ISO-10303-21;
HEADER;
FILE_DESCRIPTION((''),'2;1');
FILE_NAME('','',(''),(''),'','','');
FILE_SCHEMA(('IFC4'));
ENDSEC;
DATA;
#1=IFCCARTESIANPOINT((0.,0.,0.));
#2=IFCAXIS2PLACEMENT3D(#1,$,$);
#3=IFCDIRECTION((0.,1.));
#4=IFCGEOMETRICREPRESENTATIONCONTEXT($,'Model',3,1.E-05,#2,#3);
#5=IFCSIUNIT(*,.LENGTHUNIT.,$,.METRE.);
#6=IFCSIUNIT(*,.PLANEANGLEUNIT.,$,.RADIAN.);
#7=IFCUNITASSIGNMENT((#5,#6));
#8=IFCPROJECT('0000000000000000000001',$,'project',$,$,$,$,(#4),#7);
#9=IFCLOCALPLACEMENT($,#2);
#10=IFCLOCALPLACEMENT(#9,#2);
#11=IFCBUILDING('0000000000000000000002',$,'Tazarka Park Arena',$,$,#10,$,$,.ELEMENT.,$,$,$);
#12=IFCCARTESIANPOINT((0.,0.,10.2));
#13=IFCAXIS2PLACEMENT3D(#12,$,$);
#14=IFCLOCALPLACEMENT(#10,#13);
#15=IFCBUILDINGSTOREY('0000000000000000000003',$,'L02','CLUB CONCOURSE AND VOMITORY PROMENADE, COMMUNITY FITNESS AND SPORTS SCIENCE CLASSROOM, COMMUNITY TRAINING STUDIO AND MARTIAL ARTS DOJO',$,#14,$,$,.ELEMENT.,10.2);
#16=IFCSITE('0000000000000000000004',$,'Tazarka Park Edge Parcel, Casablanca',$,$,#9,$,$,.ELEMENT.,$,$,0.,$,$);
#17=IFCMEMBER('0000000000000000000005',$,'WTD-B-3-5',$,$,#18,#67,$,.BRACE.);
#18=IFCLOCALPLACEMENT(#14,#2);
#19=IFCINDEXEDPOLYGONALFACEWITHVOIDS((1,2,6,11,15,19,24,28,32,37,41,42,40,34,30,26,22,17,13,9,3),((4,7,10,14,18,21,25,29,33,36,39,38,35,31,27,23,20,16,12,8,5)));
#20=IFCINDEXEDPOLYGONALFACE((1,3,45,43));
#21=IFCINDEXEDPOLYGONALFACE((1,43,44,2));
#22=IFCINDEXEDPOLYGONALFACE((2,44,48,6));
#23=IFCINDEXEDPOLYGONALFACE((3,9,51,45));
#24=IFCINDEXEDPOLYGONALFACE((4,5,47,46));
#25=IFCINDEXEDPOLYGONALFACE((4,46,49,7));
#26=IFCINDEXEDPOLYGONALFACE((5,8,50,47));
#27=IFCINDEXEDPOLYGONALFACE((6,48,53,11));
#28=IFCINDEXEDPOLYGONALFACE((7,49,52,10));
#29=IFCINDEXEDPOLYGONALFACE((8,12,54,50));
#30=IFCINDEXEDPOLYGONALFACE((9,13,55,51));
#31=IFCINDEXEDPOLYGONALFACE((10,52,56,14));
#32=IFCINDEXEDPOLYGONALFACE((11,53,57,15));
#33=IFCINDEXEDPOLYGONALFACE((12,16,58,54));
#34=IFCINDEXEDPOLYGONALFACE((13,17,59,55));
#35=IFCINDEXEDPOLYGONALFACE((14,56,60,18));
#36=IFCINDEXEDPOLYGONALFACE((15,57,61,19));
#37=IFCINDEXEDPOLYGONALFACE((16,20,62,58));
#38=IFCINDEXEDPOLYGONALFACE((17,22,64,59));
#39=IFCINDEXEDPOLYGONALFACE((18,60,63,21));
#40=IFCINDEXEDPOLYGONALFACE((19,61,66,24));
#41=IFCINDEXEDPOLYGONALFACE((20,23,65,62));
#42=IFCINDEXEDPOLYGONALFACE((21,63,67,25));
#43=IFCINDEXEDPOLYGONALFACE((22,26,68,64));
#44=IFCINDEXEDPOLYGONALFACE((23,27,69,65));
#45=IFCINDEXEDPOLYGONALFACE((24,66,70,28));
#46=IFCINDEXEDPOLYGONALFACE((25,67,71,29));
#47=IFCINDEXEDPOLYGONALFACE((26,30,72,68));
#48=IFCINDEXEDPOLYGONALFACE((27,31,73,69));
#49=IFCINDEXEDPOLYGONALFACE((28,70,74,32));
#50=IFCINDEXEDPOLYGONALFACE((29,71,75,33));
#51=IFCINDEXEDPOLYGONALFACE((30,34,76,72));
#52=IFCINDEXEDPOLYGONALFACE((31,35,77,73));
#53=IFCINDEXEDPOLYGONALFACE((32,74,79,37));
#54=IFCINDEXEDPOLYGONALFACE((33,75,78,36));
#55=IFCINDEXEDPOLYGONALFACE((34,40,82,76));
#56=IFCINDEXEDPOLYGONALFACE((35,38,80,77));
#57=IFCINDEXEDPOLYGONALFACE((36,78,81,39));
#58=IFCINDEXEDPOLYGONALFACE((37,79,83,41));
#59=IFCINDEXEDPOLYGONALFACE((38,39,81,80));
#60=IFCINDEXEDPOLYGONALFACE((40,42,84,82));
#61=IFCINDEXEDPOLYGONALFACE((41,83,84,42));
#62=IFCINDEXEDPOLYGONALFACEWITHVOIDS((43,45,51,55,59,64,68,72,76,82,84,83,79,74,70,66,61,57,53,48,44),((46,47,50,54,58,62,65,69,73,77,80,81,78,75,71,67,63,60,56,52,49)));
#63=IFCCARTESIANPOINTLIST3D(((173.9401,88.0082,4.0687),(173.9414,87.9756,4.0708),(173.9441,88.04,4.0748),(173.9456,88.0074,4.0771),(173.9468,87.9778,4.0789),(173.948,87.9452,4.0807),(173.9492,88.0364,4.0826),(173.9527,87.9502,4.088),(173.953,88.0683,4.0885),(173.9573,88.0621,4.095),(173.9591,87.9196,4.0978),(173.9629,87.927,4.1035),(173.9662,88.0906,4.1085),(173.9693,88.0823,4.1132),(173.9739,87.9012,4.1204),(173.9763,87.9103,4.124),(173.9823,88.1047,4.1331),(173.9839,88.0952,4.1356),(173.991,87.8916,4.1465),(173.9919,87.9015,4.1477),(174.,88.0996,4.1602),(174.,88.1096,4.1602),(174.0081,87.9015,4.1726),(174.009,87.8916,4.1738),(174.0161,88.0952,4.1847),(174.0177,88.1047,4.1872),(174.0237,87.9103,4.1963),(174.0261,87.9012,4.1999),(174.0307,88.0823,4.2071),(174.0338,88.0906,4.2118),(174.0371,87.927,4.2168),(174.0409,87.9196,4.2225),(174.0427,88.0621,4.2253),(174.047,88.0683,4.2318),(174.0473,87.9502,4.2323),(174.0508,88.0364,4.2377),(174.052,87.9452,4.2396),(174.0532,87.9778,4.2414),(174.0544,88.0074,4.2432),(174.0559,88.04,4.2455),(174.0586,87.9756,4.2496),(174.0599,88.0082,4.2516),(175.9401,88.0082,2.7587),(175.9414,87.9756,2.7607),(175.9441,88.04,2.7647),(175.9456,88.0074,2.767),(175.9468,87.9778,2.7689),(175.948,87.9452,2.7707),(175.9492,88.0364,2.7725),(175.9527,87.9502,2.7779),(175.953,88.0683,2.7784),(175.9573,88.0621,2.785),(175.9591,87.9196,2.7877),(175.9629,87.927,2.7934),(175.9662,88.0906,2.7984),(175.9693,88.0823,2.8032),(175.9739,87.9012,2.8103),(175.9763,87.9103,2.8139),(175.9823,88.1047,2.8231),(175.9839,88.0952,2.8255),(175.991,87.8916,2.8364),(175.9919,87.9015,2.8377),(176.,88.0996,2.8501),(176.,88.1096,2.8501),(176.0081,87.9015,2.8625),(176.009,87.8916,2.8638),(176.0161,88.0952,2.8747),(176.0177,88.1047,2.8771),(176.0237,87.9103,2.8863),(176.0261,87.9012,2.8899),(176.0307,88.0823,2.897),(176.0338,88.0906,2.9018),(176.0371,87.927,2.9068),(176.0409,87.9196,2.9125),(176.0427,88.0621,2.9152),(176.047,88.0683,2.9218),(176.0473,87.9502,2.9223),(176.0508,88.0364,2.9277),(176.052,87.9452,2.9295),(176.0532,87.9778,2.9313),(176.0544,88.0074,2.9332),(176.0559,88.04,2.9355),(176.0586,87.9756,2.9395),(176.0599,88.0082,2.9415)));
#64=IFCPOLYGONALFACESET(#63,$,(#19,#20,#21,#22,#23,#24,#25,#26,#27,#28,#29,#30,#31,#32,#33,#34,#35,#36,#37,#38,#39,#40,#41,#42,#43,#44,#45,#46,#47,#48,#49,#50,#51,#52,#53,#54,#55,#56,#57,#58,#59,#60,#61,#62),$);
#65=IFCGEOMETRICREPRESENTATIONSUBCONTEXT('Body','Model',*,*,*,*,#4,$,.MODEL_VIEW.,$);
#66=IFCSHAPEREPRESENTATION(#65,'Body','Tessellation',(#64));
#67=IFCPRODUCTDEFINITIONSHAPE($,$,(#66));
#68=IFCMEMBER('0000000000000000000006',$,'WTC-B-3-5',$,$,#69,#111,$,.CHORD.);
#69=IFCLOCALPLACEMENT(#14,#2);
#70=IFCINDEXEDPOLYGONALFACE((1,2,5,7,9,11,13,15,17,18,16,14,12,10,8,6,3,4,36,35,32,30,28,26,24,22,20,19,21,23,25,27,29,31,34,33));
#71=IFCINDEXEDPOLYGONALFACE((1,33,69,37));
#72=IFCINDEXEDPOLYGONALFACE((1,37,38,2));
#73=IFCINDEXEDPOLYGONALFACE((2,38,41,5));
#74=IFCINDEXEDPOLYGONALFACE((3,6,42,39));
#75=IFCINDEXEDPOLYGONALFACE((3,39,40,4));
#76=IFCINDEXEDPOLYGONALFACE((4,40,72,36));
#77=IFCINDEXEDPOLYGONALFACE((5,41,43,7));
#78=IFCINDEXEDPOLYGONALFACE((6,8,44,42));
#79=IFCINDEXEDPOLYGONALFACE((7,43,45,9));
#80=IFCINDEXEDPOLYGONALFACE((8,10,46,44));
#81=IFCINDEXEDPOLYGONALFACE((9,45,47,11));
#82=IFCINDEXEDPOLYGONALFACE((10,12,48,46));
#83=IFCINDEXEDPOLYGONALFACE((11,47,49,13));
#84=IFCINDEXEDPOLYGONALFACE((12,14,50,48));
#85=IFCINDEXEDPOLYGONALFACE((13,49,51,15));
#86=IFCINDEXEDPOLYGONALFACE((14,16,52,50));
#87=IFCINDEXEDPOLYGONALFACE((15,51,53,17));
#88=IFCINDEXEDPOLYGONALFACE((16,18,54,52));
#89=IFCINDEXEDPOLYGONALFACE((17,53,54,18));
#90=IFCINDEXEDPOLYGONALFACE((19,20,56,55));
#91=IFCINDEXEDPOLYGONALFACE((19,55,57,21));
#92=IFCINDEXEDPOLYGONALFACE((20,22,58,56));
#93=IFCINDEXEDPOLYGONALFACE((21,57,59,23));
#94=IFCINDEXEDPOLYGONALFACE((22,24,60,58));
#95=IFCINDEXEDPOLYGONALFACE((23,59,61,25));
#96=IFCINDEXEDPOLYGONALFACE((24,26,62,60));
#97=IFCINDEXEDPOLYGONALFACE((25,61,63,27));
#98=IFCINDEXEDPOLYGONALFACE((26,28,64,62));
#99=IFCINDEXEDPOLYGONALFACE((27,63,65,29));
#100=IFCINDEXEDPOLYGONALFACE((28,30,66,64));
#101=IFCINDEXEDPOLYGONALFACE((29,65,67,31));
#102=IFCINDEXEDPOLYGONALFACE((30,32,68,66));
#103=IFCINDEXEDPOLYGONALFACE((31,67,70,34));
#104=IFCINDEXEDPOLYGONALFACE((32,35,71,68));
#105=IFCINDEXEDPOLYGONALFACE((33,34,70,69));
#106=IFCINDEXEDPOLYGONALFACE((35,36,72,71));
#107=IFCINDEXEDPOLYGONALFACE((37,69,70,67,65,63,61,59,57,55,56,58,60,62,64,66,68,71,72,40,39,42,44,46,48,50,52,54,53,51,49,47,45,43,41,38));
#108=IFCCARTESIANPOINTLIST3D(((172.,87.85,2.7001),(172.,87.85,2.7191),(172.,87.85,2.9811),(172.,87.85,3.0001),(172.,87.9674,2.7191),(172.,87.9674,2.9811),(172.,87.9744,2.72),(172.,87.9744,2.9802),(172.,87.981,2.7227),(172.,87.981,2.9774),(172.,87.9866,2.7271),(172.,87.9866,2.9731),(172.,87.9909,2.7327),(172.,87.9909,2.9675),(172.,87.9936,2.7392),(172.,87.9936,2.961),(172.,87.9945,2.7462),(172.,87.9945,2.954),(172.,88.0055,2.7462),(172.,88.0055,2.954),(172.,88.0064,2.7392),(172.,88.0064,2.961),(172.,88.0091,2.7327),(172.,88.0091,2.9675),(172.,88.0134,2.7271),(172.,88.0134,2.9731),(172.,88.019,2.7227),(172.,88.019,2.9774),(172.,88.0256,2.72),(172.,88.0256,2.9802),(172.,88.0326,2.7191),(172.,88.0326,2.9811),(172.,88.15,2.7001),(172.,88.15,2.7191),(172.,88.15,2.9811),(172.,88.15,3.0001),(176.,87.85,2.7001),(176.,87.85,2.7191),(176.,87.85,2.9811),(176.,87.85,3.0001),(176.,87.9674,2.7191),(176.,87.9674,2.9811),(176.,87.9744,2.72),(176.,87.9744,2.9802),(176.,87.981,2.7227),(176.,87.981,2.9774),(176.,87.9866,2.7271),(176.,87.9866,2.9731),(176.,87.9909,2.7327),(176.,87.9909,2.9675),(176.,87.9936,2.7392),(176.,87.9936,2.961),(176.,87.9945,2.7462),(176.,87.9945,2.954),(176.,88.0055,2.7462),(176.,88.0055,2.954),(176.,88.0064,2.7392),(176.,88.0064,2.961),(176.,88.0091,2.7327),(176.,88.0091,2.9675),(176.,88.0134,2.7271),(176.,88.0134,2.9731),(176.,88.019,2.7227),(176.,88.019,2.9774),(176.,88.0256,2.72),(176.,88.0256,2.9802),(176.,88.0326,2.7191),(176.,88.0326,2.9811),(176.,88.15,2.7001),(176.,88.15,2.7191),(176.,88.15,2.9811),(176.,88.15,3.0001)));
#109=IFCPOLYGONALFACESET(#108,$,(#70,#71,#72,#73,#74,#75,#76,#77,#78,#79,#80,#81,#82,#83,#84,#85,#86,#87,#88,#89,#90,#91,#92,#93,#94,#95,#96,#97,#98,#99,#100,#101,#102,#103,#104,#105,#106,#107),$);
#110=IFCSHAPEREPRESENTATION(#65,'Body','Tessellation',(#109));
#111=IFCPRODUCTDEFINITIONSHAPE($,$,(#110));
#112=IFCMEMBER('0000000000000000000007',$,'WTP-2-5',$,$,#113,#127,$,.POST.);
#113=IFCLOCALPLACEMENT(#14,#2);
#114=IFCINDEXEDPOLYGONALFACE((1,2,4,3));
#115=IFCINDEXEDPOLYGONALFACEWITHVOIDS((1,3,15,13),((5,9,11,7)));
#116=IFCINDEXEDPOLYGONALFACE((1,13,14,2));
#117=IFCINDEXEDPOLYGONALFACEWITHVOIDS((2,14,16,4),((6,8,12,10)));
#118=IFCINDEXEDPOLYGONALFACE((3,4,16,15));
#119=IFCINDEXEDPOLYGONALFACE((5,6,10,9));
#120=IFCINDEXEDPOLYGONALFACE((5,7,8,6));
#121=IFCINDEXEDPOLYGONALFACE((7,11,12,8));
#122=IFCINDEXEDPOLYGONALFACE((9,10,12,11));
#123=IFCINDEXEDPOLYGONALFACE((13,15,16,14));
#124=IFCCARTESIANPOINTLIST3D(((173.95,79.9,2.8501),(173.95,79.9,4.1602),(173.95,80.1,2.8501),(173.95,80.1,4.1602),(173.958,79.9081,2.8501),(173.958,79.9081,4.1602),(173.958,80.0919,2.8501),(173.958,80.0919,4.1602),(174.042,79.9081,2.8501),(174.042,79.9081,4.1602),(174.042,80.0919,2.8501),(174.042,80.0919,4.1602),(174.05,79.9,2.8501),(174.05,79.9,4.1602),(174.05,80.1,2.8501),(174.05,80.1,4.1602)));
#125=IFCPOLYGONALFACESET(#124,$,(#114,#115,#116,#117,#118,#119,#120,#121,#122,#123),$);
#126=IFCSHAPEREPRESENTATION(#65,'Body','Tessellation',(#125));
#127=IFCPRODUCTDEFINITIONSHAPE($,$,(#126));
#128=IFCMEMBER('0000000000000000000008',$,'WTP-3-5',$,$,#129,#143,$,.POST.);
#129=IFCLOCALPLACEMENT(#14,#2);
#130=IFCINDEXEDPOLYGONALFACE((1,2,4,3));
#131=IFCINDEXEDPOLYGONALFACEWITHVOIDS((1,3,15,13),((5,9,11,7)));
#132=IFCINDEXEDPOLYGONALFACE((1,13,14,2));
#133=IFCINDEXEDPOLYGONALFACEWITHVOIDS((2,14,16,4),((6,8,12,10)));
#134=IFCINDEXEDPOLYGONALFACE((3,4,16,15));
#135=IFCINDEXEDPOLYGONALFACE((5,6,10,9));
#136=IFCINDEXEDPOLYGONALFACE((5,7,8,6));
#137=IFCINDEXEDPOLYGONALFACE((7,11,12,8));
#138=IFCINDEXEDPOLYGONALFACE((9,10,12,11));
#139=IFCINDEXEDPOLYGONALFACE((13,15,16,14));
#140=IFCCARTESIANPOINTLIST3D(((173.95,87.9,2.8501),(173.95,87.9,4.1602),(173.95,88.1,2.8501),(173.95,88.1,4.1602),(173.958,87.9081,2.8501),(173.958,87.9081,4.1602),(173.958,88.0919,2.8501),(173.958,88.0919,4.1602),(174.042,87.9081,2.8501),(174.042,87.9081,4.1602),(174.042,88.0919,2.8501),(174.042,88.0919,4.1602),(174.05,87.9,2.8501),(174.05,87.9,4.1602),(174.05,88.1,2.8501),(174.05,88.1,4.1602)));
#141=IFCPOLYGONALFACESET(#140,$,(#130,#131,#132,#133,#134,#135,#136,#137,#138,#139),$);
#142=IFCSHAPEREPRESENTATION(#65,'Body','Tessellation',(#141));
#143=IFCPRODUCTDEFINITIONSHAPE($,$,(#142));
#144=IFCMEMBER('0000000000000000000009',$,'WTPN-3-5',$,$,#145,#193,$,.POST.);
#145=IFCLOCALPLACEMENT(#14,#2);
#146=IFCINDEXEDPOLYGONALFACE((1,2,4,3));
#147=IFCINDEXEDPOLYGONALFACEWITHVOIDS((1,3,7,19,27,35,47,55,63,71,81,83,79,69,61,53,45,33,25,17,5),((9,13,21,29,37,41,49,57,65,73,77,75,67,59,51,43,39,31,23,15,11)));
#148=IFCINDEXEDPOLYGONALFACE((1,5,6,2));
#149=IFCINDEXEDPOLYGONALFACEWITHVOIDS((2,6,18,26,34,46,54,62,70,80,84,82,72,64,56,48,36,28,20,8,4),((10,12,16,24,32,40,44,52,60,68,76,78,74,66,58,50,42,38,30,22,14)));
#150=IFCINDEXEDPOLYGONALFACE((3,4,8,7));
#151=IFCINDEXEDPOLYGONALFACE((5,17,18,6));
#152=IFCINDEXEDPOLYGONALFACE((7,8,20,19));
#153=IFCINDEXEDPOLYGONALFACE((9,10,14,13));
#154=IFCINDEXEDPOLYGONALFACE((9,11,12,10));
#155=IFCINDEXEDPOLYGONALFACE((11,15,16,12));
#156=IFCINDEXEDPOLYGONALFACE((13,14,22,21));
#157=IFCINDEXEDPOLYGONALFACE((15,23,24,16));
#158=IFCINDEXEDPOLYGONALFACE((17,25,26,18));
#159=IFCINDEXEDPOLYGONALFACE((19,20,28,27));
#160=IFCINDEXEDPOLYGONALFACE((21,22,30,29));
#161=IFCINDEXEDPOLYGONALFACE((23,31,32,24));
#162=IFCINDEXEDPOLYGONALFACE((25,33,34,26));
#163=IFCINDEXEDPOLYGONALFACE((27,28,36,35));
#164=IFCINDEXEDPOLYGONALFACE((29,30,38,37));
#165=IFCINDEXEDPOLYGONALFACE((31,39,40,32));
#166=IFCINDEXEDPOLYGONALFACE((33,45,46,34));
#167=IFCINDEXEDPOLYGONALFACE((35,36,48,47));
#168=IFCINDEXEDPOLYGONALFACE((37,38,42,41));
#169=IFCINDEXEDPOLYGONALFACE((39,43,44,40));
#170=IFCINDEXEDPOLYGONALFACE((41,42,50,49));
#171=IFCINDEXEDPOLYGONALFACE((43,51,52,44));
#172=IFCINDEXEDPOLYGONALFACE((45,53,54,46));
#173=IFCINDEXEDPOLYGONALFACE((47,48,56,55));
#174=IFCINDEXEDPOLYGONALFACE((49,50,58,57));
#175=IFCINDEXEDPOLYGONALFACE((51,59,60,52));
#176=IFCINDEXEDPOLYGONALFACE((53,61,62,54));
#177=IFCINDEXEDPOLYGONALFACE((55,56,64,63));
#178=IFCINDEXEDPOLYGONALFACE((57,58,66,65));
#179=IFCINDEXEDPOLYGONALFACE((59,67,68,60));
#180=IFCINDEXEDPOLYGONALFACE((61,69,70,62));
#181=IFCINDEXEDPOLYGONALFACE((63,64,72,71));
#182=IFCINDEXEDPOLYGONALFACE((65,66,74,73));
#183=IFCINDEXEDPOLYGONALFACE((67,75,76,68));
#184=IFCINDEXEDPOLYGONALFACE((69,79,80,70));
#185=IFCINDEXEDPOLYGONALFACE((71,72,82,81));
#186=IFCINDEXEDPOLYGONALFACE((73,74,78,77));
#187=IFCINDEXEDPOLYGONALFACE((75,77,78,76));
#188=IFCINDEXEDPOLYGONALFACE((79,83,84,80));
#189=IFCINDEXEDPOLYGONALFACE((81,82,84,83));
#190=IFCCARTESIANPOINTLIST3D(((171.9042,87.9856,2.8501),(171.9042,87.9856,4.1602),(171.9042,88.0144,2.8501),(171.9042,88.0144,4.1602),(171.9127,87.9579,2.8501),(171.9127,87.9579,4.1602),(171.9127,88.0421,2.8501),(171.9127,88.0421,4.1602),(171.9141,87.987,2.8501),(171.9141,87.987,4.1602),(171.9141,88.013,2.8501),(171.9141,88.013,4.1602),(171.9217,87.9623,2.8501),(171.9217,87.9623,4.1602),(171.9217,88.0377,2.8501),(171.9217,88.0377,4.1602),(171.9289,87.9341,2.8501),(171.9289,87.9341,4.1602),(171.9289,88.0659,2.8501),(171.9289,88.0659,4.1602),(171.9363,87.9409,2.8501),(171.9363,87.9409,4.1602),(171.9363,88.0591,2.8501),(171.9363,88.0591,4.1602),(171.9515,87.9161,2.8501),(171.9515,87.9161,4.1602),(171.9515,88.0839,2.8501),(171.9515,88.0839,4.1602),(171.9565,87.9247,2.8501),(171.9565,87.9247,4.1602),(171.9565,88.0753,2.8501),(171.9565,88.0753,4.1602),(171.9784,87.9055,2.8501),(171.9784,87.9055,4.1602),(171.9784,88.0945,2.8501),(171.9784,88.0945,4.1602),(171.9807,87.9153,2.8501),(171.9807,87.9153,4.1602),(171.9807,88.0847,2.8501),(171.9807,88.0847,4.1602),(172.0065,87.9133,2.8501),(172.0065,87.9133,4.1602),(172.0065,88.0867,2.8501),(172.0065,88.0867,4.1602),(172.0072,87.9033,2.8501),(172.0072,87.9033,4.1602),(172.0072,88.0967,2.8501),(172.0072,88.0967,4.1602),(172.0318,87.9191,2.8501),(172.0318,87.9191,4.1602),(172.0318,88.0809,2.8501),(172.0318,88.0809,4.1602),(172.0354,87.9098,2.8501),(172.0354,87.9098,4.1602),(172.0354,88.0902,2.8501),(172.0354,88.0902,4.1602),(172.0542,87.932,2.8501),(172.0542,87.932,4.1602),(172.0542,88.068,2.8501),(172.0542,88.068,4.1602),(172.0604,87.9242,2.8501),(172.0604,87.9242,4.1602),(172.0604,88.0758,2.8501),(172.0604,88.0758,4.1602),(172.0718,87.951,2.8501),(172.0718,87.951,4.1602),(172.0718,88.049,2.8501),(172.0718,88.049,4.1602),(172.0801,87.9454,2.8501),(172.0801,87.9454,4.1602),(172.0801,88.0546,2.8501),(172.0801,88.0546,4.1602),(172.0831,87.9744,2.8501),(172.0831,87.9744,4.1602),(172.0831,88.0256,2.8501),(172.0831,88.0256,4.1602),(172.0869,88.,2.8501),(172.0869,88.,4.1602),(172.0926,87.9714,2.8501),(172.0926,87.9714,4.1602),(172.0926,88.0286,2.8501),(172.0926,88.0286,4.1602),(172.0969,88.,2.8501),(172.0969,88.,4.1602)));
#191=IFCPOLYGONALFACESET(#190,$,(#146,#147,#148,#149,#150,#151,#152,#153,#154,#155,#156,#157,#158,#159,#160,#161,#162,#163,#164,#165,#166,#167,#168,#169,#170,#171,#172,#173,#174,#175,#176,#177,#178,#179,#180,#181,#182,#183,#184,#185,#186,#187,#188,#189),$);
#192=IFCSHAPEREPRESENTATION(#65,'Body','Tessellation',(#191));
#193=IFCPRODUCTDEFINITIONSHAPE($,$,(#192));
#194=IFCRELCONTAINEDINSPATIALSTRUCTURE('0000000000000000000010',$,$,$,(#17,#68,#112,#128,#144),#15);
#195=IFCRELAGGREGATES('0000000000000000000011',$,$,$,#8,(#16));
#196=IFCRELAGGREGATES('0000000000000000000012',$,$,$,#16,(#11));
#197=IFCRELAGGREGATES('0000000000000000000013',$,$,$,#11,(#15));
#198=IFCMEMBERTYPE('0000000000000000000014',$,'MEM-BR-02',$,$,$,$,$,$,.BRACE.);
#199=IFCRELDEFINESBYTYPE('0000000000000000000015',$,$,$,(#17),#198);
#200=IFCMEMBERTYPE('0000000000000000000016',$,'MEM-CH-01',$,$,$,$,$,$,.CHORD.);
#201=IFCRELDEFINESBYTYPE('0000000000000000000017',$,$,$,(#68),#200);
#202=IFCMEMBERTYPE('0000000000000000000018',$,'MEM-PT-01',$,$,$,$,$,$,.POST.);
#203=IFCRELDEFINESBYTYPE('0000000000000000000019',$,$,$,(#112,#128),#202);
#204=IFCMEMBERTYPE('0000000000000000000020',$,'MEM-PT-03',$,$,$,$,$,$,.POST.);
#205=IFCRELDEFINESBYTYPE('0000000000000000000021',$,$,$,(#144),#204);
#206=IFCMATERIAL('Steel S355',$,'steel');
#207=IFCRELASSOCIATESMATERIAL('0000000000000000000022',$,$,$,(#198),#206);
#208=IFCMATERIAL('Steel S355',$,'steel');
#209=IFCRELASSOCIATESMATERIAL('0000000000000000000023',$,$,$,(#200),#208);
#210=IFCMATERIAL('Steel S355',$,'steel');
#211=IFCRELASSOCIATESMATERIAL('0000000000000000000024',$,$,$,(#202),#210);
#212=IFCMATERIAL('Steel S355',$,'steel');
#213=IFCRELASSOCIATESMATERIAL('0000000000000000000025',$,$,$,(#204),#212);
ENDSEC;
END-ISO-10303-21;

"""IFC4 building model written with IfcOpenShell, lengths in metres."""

from ifc_helpers import new_model, si_unit, direction, frame, origin, origin_2d, place, context, subcontext, project, spatial, hollow_rectangle, hollow_circle, i_section, extrude, material, material_profile, profile_set, type_object, element, save


model = new_model("IFC4")

# Units and contexts
model_context = context("Model", 3, precision=1e-05, world=origin(), true_north=direction((0.0, 1.0)))
body_context = subcontext(model_context, "Body", "Model", "MODEL_VIEW")
ifc_project = project(units=[si_unit("LENGTHUNIT", "METRE"), si_unit("PLANEANGLEUNIT", "RADIAN")], contexts=[model_context])

# Site, building, storey
site_placement = place(None, origin())
site = spatial("IfcSite", under=ifc_project, at=site_placement, Name="Tazarka Park Edge Parcel, Casablanca", CompositionType="ELEMENT", RefElevation=0.0)
building_placement = place(site_placement, origin())
building = spatial("IfcBuilding", under=site, at=building_placement, Name="Tazarka Park Arena", CompositionType="ELEMENT")
storey_placement = place(building_placement, frame((0.0, 0.0, 10.2)))
storey = spatial("IfcBuildingStorey", under=building, at=storey_placement, Name="L02", Description="CLUB CONCOURSE AND VOMITORY PROMENADE, COMMUNITY FITNESS AND SPORTS SCIENCE CLASSROOM, COMMUNITY TRAINING STUDIO AND MARTIAL ARTS DOJO", CompositionType="ELEMENT", Elevation=10.2)

# Members
ifc_material_1 = material(Name="Steel S355", Category="steel")
ifc_material_profile_1 = material_profile(ifc_material_1, hollow_circle(Radius=0.1096, WallThickness=0.01, at=origin_2d()), Name="Steel S355")
ifc_profile_set_1 = profile_set([ifc_material_profile_1], Name="Steel S355")
member_type_1 = type_object("IfcMemberType", Name="MEM-BR-02", PredefinedType="BRACE", material=ifc_profile_set_1)
for number, where, z_axis, x_axis, name in (
    (1, (174.0, 88.0, 4.1602), (0.836516, 0.0, -0.547942), (0.0, 1.0, 0.0), "WTD-B-3-5"),
):
    element("IfcMember", number, at=place(storey_placement, frame(where, z_axis=z_axis, x_axis=x_axis)), inside=storey, type_object=member_type_1, Name=name, PredefinedType="BRACE", context=body_context, shape_type="SweptSolid", body=[
        extrude(hollow_circle(Radius=0.1096, WallThickness=0.01, at=origin_2d()), origin(), (0.0, 0.0, 1.0), 2.3909),
    ])
ifc_material_2 = material(Name="Steel S355", Category="steel")
ifc_material_profile_2 = material_profile(ifc_material_2, i_section(OverallWidth=0.3, OverallDepth=0.3, WebThickness=0.011, FlangeThickness=0.019, FilletRadius=0.0271, at=origin_2d()), Name="Steel S355")
ifc_profile_set_2 = profile_set([ifc_material_profile_2], Name="Steel S355")
member_type_2 = type_object("IfcMemberType", Name="MEM-CH-01", PredefinedType="CHORD", material=ifc_profile_set_2)
member_1_placement = place(storey_placement, frame((172.0, 88.0, 2.8501), z_axis=(1.0, 0.0, 0.0), x_axis=(0.0, 1.0, 0.0)))
element("IfcMember", 2, at=member_1_placement, inside=storey, type_object=member_type_2, Name="WTC-B-3-5", PredefinedType="CHORD", context=body_context, shape_type="SweptSolid", body=[
    extrude(i_section(OverallWidth=0.3, OverallDepth=0.3, WebThickness=0.011, FlangeThickness=0.019, FilletRadius=0.0271, at=origin_2d()), origin(), (0.0, 0.0, 1.0), 4.0),
])
ifc_material_3 = material(Name="Steel S355", Category="steel")
ifc_material_profile_3 = material_profile(ifc_material_3, hollow_rectangle(XDim=0.1001, YDim=0.2, WallThickness=0.0081, at=origin_2d()), Name="Steel S355")
ifc_profile_set_3 = profile_set([ifc_material_profile_3], Name="Steel S355")
member_type_3 = type_object("IfcMemberType", Name="MEM-PT-01", PredefinedType="POST", material=ifc_profile_set_3)
for number, where, z_axis, x_axis, name in (
    (3, (174.0, 80.0, 2.8501), (0.0, 0.0, 1.0), (1.0, 0.0, 0.0), "WTP-2-5"),
    (4, (174.0, 88.0, 2.8501), (0.0, 0.0, 1.0), (1.0, 0.0, 0.0), "WTP-3-5"),
):
    element("IfcMember", number, at=place(storey_placement, frame(where, z_axis=z_axis, x_axis=x_axis)), inside=storey, type_object=member_type_3, Name=name, PredefinedType="POST", context=body_context, shape_type="SweptSolid", body=[
        extrude(hollow_rectangle(XDim=0.1001, YDim=0.2, WallThickness=0.0081, at=origin_2d()), origin(), (0.0, 0.0, 1.0), 1.3101),
    ])
ifc_material_4 = material(Name="Steel S355", Category="steel")
ifc_material_profile_4 = material_profile(ifc_material_4, hollow_circle(Radius=0.0969, WallThickness=0.01, at=origin_2d()), Name="Steel S355")
ifc_profile_set_4 = profile_set([ifc_material_profile_4], Name="Steel S355")
member_type_4 = type_object("IfcMemberType", Name="MEM-PT-03", PredefinedType="POST", material=ifc_profile_set_4)
member_2_placement = place(storey_placement, frame((172.0, 88.0, 2.8501), z_axis=(0.0, 0.0, 1.0), x_axis=(1.0, 0.0, 0.0)))
element("IfcMember", 5, at=member_2_placement, inside=storey, type_object=member_type_4, Name="WTPN-3-5", PredefinedType="POST", context=body_context, shape_type="SweptSolid", body=[
    extrude(hollow_circle(Radius=0.0969, WallThickness=0.01, at=origin_2d()), origin(), (0.0, 0.0, 1.0), 1.3101),
])

save(model, "model.ifc")
